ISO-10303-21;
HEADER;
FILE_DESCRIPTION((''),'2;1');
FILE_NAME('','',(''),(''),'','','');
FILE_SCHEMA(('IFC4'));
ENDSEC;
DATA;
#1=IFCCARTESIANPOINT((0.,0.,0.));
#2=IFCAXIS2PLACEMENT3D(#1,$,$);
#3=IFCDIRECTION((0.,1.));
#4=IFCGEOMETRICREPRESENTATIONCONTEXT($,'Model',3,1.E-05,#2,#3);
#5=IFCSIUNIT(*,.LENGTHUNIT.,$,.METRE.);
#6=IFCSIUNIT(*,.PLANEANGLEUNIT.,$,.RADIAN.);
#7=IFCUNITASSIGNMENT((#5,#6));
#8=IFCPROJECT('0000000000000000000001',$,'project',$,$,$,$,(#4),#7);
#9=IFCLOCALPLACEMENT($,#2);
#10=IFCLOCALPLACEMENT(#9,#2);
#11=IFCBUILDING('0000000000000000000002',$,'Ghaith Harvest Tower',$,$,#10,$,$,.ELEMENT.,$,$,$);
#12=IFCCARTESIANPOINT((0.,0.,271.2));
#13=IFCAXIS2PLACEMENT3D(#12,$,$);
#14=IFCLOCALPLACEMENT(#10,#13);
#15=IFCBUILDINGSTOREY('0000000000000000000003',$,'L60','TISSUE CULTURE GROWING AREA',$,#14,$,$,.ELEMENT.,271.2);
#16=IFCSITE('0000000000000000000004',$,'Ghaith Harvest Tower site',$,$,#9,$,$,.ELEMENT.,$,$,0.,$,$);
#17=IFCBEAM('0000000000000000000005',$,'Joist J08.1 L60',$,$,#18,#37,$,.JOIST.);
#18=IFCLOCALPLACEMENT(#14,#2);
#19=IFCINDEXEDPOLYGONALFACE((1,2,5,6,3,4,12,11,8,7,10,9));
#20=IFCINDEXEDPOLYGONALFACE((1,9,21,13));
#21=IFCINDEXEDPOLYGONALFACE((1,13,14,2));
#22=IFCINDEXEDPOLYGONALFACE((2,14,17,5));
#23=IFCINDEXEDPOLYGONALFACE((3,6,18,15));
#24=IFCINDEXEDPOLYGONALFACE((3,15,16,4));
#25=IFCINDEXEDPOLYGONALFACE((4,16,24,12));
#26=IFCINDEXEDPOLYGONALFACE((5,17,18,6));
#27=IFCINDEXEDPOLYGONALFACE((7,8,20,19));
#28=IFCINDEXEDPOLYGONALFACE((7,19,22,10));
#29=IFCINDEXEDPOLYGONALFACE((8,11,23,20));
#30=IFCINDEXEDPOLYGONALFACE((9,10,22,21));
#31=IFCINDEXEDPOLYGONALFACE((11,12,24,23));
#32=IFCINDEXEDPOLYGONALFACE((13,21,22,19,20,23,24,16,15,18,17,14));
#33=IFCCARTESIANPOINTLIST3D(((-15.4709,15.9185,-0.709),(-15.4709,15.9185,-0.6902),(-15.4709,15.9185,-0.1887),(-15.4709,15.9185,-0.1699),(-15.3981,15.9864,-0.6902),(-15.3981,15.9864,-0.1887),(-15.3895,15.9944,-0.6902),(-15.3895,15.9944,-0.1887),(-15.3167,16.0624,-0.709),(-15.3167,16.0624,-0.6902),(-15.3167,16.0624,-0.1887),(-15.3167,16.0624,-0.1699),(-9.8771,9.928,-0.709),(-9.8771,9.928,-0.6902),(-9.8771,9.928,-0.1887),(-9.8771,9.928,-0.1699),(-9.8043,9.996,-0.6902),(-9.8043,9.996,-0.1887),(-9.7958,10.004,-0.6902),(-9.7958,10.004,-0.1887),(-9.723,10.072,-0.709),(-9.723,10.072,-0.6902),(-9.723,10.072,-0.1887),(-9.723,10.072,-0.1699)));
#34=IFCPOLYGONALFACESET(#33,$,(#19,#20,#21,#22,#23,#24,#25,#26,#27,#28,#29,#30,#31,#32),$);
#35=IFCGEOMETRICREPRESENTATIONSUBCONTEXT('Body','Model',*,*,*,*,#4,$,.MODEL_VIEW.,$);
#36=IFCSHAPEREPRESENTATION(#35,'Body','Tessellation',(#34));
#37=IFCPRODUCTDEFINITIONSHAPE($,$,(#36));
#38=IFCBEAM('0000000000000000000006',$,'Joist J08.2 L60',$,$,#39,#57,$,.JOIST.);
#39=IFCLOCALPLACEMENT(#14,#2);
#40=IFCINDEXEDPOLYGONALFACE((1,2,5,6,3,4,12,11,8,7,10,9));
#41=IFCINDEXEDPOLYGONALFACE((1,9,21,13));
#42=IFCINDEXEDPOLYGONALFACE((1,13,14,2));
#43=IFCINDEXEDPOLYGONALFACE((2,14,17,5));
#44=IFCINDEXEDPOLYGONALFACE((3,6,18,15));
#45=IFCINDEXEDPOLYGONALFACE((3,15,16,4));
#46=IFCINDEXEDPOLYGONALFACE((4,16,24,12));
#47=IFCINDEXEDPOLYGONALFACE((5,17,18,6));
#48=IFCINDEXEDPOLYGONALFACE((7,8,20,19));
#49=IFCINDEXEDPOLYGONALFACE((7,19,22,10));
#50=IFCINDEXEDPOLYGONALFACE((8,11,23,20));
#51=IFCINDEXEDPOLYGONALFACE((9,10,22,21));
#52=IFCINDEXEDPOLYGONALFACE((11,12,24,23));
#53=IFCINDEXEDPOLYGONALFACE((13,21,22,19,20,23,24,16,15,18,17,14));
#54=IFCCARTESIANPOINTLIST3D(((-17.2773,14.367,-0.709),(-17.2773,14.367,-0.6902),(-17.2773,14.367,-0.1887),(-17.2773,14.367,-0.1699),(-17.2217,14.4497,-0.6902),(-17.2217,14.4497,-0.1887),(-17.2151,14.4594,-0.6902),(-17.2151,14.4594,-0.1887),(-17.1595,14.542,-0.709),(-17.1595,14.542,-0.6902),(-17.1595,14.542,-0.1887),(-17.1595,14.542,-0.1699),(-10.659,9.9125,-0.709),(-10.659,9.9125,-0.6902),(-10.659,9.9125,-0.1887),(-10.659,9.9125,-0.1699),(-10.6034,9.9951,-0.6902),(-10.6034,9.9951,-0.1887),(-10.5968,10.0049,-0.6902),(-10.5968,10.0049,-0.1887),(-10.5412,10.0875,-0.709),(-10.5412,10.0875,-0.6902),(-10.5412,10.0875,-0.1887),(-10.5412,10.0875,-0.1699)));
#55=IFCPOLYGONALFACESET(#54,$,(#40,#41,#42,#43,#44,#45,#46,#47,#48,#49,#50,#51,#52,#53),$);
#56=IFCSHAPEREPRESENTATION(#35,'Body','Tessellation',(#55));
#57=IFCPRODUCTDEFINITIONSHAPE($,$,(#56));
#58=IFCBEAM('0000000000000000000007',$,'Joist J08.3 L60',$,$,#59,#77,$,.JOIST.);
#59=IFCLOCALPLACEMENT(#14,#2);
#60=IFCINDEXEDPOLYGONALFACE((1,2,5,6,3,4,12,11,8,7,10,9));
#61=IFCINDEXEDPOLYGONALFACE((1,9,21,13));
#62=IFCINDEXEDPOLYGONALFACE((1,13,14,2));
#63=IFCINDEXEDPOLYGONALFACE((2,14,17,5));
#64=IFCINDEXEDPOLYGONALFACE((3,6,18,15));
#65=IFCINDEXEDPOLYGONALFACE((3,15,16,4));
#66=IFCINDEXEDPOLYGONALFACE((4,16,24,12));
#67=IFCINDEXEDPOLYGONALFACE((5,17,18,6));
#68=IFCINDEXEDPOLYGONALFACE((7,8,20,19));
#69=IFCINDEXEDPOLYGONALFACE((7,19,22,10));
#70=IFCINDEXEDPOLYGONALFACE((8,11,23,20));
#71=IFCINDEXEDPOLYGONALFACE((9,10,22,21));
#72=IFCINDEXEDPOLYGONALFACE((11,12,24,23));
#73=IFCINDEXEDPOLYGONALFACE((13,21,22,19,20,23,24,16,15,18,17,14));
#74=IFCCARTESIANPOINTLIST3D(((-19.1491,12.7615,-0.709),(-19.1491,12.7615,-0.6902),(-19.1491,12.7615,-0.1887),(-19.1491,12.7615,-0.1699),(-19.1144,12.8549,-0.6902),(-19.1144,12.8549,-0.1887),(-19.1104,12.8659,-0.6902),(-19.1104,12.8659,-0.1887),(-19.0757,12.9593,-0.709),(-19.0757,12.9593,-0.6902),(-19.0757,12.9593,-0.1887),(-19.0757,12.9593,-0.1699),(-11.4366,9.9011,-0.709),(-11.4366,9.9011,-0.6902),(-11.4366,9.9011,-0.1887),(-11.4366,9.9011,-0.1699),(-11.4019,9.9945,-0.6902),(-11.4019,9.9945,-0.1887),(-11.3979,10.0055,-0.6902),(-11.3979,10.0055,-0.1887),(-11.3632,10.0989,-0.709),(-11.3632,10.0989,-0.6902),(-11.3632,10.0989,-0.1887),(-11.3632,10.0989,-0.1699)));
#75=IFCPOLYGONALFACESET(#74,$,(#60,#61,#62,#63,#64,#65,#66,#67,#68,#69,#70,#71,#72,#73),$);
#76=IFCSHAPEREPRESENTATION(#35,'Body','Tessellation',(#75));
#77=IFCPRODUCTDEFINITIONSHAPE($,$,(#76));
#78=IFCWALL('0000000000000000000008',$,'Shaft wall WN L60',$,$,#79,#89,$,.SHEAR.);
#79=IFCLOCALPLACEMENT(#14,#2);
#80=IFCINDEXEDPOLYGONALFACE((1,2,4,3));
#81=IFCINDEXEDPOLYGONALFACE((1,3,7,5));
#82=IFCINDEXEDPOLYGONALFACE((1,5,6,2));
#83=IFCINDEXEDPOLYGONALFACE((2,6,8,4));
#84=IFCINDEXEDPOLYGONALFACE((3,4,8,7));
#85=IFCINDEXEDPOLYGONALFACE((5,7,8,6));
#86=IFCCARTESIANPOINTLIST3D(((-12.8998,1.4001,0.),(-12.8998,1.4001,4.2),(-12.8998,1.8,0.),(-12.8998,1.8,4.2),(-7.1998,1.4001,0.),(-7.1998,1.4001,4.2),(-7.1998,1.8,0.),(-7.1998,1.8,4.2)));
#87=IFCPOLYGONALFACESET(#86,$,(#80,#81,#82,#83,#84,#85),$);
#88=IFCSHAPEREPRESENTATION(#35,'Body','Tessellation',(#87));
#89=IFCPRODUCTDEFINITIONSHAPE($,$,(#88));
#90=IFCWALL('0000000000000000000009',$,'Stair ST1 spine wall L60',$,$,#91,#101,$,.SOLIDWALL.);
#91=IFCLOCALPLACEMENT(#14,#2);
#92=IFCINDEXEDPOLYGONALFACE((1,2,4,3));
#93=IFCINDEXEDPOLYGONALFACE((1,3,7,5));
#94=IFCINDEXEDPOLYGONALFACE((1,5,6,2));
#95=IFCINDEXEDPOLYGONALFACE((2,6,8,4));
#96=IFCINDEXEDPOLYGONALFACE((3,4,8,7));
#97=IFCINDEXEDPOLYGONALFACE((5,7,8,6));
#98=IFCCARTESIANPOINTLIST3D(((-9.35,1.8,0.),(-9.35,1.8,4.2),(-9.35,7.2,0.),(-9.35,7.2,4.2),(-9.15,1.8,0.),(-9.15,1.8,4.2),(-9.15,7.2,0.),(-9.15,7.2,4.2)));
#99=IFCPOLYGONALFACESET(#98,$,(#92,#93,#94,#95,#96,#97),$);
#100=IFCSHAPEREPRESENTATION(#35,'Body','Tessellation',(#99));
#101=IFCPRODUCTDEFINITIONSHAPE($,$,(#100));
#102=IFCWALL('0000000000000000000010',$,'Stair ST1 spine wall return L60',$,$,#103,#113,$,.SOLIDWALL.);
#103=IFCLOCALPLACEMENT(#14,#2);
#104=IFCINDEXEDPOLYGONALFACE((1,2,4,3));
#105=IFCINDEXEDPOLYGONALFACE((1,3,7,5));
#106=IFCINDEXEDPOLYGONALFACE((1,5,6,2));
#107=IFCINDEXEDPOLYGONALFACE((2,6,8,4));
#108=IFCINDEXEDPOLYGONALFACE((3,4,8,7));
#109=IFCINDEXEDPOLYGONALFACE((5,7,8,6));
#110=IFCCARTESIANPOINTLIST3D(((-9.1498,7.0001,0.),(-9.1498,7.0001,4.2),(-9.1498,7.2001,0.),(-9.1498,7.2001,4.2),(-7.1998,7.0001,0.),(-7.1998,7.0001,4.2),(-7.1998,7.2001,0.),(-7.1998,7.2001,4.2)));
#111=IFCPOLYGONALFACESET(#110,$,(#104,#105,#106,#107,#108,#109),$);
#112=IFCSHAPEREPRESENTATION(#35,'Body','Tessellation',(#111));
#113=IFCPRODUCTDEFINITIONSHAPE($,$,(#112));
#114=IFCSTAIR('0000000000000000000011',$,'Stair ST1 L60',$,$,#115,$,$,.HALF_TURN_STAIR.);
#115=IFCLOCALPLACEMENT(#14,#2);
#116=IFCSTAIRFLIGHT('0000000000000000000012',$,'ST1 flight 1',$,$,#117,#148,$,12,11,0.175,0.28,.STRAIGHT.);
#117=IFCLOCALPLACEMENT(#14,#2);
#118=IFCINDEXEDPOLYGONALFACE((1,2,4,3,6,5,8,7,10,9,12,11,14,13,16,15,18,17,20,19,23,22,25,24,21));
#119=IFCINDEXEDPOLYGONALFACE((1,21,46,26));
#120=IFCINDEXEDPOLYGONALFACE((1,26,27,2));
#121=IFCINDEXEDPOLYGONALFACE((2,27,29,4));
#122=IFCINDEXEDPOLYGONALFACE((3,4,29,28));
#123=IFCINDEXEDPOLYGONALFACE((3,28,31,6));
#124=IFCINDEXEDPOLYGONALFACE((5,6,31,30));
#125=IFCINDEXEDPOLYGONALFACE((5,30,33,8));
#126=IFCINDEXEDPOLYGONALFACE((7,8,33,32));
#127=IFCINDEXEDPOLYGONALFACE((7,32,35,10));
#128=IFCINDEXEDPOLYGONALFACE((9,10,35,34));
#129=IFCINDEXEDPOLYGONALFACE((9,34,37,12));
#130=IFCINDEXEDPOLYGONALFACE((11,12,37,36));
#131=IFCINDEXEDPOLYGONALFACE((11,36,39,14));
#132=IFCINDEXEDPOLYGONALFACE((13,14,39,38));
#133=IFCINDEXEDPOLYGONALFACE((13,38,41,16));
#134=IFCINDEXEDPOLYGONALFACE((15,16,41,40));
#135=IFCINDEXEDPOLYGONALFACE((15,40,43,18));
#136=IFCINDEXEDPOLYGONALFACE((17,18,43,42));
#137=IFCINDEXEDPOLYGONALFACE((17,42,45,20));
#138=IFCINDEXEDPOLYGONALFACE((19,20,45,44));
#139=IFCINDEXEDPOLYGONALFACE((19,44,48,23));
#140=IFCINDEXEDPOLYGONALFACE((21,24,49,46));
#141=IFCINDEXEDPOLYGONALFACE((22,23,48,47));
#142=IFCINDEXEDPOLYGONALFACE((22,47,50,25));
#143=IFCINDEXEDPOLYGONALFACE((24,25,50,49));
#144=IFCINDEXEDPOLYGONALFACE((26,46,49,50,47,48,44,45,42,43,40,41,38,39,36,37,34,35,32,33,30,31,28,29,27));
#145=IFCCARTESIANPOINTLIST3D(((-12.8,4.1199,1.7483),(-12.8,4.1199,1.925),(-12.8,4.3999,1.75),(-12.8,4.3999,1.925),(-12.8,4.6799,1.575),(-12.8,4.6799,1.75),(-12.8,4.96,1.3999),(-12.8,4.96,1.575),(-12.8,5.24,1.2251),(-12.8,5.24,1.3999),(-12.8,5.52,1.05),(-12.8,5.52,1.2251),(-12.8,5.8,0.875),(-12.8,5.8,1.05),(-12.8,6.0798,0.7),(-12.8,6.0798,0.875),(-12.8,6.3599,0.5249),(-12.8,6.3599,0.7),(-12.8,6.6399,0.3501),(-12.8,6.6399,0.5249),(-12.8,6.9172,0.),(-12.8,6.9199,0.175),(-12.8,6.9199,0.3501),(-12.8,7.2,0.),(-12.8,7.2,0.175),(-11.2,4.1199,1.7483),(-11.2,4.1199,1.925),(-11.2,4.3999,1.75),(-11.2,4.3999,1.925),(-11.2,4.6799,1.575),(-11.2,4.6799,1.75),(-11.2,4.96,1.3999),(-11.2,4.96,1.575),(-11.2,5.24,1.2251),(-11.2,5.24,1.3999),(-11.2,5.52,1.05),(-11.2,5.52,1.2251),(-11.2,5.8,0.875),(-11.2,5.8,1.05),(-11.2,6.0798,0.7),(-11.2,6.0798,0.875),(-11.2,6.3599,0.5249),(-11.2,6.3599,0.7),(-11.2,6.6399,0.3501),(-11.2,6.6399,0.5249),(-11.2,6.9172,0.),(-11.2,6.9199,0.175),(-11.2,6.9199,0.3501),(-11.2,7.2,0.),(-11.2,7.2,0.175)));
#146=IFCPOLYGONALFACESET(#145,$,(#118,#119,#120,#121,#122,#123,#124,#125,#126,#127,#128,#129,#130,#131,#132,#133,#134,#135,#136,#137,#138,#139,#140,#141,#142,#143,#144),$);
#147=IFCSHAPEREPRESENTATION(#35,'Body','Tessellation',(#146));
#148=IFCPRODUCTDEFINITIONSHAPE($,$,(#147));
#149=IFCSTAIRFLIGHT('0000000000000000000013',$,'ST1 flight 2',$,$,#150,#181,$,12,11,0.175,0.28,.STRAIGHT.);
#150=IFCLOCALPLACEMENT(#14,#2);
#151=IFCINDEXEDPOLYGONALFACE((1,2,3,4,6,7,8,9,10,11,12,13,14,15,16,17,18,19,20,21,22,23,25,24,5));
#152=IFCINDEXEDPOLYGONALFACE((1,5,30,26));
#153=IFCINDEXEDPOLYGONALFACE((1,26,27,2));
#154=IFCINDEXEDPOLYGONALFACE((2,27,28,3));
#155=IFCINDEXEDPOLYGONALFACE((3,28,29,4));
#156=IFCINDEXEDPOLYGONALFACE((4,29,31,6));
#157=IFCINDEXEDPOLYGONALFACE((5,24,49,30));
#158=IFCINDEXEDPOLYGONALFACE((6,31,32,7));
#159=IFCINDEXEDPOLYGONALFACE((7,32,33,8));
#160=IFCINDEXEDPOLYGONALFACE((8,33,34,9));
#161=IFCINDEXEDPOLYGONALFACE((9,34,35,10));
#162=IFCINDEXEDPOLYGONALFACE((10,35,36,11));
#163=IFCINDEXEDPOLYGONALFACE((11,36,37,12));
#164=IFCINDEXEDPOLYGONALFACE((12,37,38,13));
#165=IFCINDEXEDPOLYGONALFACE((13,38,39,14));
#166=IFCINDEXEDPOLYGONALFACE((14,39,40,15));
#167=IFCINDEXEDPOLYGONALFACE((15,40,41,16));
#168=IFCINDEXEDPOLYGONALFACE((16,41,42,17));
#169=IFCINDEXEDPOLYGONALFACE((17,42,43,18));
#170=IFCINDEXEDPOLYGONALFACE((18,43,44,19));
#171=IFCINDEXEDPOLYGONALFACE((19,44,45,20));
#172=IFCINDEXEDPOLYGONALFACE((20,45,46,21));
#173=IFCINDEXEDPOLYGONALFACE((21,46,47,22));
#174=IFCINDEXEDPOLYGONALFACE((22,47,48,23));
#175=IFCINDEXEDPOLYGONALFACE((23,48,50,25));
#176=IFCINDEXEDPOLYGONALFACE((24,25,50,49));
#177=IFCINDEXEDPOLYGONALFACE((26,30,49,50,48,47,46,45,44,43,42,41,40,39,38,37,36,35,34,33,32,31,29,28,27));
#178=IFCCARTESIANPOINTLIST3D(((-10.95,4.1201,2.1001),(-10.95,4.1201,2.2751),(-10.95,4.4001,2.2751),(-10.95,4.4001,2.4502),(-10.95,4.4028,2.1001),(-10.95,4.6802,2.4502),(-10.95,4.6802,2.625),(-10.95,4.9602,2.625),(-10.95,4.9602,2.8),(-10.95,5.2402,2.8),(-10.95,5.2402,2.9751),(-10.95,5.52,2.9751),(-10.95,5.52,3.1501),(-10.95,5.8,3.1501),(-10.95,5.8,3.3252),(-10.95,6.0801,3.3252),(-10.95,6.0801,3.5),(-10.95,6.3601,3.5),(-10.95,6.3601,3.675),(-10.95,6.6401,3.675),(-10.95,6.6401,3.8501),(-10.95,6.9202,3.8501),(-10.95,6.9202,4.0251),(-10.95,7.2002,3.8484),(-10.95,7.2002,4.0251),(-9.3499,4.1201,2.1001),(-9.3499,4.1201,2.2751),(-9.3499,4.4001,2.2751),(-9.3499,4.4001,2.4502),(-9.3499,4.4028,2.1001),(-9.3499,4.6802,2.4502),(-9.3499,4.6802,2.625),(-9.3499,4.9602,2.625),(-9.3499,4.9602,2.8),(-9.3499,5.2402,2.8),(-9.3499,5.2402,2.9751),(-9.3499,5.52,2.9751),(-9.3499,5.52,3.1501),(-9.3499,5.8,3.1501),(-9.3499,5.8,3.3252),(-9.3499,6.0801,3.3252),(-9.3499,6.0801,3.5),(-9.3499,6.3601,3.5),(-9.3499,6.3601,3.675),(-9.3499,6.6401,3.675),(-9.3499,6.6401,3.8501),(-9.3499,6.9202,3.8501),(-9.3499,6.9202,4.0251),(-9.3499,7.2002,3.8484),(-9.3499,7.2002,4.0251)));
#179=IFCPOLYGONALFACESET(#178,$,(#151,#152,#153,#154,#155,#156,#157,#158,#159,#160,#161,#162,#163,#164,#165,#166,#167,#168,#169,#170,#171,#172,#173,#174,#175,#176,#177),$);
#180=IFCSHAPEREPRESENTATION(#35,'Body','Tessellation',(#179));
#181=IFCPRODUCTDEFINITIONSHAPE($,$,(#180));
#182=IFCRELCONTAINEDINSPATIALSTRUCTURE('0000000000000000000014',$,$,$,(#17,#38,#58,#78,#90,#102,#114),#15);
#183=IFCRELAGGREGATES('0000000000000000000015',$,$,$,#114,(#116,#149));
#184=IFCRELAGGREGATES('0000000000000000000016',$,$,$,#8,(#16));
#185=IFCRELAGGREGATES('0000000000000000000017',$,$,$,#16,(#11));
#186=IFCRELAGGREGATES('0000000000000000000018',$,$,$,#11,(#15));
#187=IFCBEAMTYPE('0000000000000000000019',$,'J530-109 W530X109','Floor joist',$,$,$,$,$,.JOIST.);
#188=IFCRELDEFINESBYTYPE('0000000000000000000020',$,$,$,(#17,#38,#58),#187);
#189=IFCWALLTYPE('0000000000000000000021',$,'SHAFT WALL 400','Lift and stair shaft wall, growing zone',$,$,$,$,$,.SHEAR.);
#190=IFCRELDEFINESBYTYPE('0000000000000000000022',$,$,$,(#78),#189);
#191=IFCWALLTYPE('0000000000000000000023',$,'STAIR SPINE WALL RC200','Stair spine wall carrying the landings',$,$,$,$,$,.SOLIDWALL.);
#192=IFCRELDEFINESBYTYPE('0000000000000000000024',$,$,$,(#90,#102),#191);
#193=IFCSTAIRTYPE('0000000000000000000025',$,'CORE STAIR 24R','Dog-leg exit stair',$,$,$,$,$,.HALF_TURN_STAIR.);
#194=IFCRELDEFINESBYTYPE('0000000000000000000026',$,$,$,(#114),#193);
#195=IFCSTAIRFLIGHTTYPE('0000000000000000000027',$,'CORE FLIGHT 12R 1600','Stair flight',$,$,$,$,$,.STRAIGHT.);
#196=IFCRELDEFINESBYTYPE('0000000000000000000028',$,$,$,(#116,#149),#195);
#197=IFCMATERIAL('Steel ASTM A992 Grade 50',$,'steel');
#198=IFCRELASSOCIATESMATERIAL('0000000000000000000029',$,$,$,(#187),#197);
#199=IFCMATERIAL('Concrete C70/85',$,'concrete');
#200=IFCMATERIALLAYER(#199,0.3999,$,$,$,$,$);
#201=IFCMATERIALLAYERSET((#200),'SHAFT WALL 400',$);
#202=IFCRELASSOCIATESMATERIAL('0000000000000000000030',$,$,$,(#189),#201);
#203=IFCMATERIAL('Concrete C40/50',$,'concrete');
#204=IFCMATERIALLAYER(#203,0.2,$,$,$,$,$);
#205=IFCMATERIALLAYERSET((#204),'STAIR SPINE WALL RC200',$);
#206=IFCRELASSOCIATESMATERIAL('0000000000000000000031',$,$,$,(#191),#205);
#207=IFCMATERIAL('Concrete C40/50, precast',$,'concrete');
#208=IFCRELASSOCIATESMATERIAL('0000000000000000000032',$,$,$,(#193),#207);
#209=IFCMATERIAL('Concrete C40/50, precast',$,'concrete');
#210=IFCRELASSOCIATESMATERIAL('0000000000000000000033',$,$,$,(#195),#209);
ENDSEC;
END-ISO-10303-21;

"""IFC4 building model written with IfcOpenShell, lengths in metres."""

from ifc_helpers import new_model, si_unit, direction, frame, frame_2d, origin, origin_2d, place, context, subcontext, project, spatial, polyline, rectangle, i_section, outline, extrude, material, layer, layer_set, material_profile, profile_set, type_object, element, aggregate, save


model = new_model("IFC4")

# Units and contexts
model_context = context("Model", 3, precision=1e-05, world=origin(), true_north=direction((0.0, 1.0)))
body_context = subcontext(model_context, "Body", "Model", "MODEL_VIEW")
ifc_project = project(units=[si_unit("LENGTHUNIT", "METRE"), si_unit("PLANEANGLEUNIT", "RADIAN")], contexts=[model_context])

# Site, building, storey
site_placement = place(None, origin())
site = spatial("IfcSite", under=ifc_project, at=site_placement, Name="Ghaith Harvest Tower site", CompositionType="ELEMENT", RefElevation=0.0)
building_placement = place(site_placement, origin())
building = spatial("IfcBuilding", under=site, at=building_placement, Name="Ghaith Harvest Tower", CompositionType="ELEMENT")
storey_placement = place(building_placement, frame((0.0, 0.0, 271.2)))
storey = spatial("IfcBuildingStorey", under=building, at=storey_placement, Name="L60", Description="TISSUE CULTURE GROWING AREA", CompositionType="ELEMENT", Elevation=271.2)

# Beams
ifc_material_1 = material(Name="Steel ASTM A992 Grade 50", Category="steel")
ifc_material_profile = material_profile(ifc_material_1, i_section(OverallWidth=0.2109, OverallDepth=0.5391, WebThickness=0.0117, FlangeThickness=0.0188, at=origin_2d()), Name="W530X109")
ifc_profile_set = profile_set([ifc_material_profile], Name="Steel ASTM A992 Grade 50")
beam_type = type_object("IfcBeamType", Name="J530-109 W530X109", Description="Floor joist", PredefinedType="JOIST", material=ifc_profile_set)
beam_1_placement = place(storey_placement, frame((-9.8, 10.0, -0.4395), z_axis=(-0.68249, 0.730895, 0.0), x_axis=(-0.730895, -0.68249, 0.0)))
element("IfcBeam", 1, at=beam_1_placement, inside=storey, type_object=beam_type, Name="Joist J08.1 L60", PredefinedType="JOIST", context=body_context, shape_type="SweptSolid", body=[
    extrude(i_section(OverallWidth=0.2109, OverallDepth=0.5391, WebThickness=0.0117, FlangeThickness=0.0188, at=origin_2d()), origin(), (0.0, 0.0, 1.0), 8.196),
])
beam_2_placement = place(storey_placement, frame((-10.6001, 10.0, -0.4395), z_axis=(-0.829594, 0.558367, 0.0), x_axis=(-0.558367, -0.829594, 0.0)))
element("IfcBeam", 2, at=beam_2_placement, inside=storey, type_object=beam_type, Name="Joist J08.2 L60", PredefinedType="JOIST", context=body_context, shape_type="SweptSolid", body=[
    extrude(i_section(OverallWidth=0.2109, OverallDepth=0.5391, WebThickness=0.0117, FlangeThickness=0.0188, at=origin_2d()), origin(), (0.0, 0.0, 1.0), 7.9778),
])
beam_3_placement = place(storey_placement, frame((-11.3999, 10.0, -0.4395), z_axis=(-0.937594, 0.347732, 0.0), x_axis=(-0.347732, -0.937594, 0.0)))
element("IfcBeam", 3, at=beam_3_placement, inside=storey, type_object=beam_type, Name="Joist J08.3 L60", PredefinedType="JOIST", context=body_context, shape_type="SweptSolid", body=[
    extrude(i_section(OverallWidth=0.2109, OverallDepth=0.5391, WebThickness=0.0117, FlangeThickness=0.0188, at=origin_2d()), origin(), (0.0, 0.0, 1.0), 8.2258),
])

# Shared definitions
ifc_material_2 = material(Name="Concrete C70/85", Category="concrete")
ifc_layer_1 = layer(ifc_material_2, 0.3999)
ifc_layer_set_1 = layer_set([ifc_layer_1], Name="SHAFT WALL 400")
wall_type_1 = type_object("IfcWallType", Name="SHAFT WALL 400", Description="Lift and stair shaft wall, growing zone", PredefinedType="SHEAR", material=ifc_layer_set_1)

# Walls
wall_1_placement = place(storey_placement, frame((-12.8999, 1.6001, 0.0), z_axis=(0.0, 0.0, 1.0), x_axis=(1.0, 0.0, 0.0)))
element("IfcWall", 4, at=wall_1_placement, inside=storey, type_object=wall_type_1, Name="Shaft wall WN L60", PredefinedType="SHEAR", context=body_context, shape_type="SweptSolid", body=[
    extrude(rectangle(XDim=5.7, YDim=0.3999, at=frame_2d((2.8501, 0.0))), origin(), (0.0, 0.0, 1.0), 4.2),
])
ifc_material_3 = material(Name="Concrete C40/50", Category="concrete")
ifc_layer_2 = layer(ifc_material_3, 0.2)
ifc_layer_set_2 = layer_set([ifc_layer_2], Name="STAIR SPINE WALL RC200")
wall_type_2 = type_object("IfcWallType", Name="STAIR SPINE WALL RC200", Description="Stair spine wall carrying the landings", PredefinedType="SOLIDWALL", material=ifc_layer_set_2)
wall_2_placement = place(storey_placement, frame((-9.25, 7.2, 0.0), z_axis=(0.0, 0.0, 1.0), x_axis=(0.0, -1.0, 0.0)))
element("IfcWall", 5, at=wall_2_placement, inside=storey, type_object=wall_type_2, Name="Stair ST1 spine wall L60", PredefinedType="SOLIDWALL", context=body_context, shape_type="SweptSolid", body=[
    extrude(rectangle(XDim=5.3999, YDim=0.2, at=frame_2d((2.7, 0.0))), origin(), (0.0, 0.0, 1.0), 4.2),
])
wall_3_placement = place(storey_placement, frame((-9.1499, 7.1001, 0.0), z_axis=(0.0, 0.0, 1.0), x_axis=(1.0, 0.0, 0.0)))
element("IfcWall", 6, at=wall_3_placement, inside=storey, type_object=wall_type_2, Name="Stair ST1 spine wall return L60", PredefinedType="SOLIDWALL", context=body_context, shape_type="SweptSolid", body=[
    extrude(rectangle(XDim=1.95, YDim=0.2, at=frame_2d((0.9751, 0.0))), origin(), (0.0, 0.0, 1.0), 4.2),
])

# Stair, stair flights
ifc_material_4 = material(Name="Concrete C40/50, precast", Category="concrete")
stair_type = type_object("IfcStairType", Name="CORE STAIR 24R", Description="Dog-leg exit stair", PredefinedType="HALF_TURN_STAIR", material=ifc_material_4)
stair_placement = place(storey_placement, origin())
stair = element("IfcStair", 7, at=stair_placement, inside=storey, type_object=stair_type, Name="Stair ST1 L60", PredefinedType="HALF_TURN_STAIR")
ifc_material_5 = material(Name="Concrete C40/50, precast", Category="concrete")
stair_flight_type = type_object("IfcStairFlightType", Name="CORE FLIGHT 12R 1600", Description="Stair flight", PredefinedType="STRAIGHT", material=ifc_material_5)
stair_flight_1_placement = place(storey_placement, frame((-12.0, 7.2, 0.0), z_axis=(0.0, 0.0, 1.0), x_axis=(0.0, -1.0, 0.0)))
stair_flight_1 = element("IfcStairFlight", 8, at=stair_flight_1_placement, type_object=stair_flight_type, Name="ST1 flight 1", NumberOfRisers=12, NumberOfTreads=11, PredefinedType="STRAIGHT", RiserHeight=0.175, TreadLength=0.28, context=body_context, shape_type="SweptSolid", body=[
    extrude(outline(polyline([(0.0, 0.0), (0.0, 0.175), (0.28, 0.175), (0.28, 0.3501), (0.5601, 0.3501), (0.5601, 0.5249), (0.8401, 0.5249), (0.8401, 0.7), (1.1201, 0.7), (1.1201, 0.875), (1.3999, 0.875), (1.3999, 1.05), (1.6799, 1.05), (1.6799, 1.2251), (1.96, 1.2251), (1.96, 1.3999), (2.24, 1.3999), (2.24, 1.575), (2.52, 1.575), (2.52, 1.75), (2.8, 1.75), (2.8, 1.925), (3.0801, 1.925), (3.0801, 2.1001), (3.0801, 1.7483), (0.2827, 0.0), (0.0, 0.0)])), frame((0.0, 0.8, 0.0), z_axis=(0.0, -1.0, 0.0), x_axis=(1.0, 0.0, 0.0)), (0.0, 0.0, 1.0), 1.6001),
])
stair_flight_2_placement = place(storey_placement, frame((-10.1499, 4.1201, 2.1001), z_axis=(0.0, 0.0, 1.0), x_axis=(0.0, 1.0, 0.0)))
stair_flight_2 = element("IfcStairFlight", 9, at=stair_flight_2_placement, type_object=stair_flight_type, Name="ST1 flight 2", NumberOfRisers=12, NumberOfTreads=11, PredefinedType="STRAIGHT", RiserHeight=0.175, TreadLength=0.28, context=body_context, shape_type="SweptSolid", body=[
    extrude(outline(polyline([(0.0, 0.0), (0.0, 0.175), (0.28, 0.175), (0.28, 0.3501), (0.5601, 0.3501), (0.5601, 0.5249), (0.8401, 0.5249), (0.8401, 0.7), (1.1201, 0.7), (1.1201, 0.875), (1.3999, 0.875), (1.3999, 1.05), (1.6799, 1.05), (1.6799, 1.2251), (1.96, 1.2251), (1.96, 1.3999), (2.24, 1.3999), (2.24, 1.575), (2.52, 1.575), (2.52, 1.75), (2.8, 1.75), (2.8, 1.925), (3.0801, 1.925), (3.0801, 2.1001), (3.0801, 1.7483), (0.2827, 0.0), (0.0, 0.0)])), frame((0.0, 0.8, 0.0), z_axis=(0.0, -1.0, 0.0), x_axis=(1.0, 0.0, 0.0)), (0.0, 0.0, 1.0), 1.6001),
])
aggregate(stair, [stair_flight_1, stair_flight_2])

save(model, "model.ifc")
